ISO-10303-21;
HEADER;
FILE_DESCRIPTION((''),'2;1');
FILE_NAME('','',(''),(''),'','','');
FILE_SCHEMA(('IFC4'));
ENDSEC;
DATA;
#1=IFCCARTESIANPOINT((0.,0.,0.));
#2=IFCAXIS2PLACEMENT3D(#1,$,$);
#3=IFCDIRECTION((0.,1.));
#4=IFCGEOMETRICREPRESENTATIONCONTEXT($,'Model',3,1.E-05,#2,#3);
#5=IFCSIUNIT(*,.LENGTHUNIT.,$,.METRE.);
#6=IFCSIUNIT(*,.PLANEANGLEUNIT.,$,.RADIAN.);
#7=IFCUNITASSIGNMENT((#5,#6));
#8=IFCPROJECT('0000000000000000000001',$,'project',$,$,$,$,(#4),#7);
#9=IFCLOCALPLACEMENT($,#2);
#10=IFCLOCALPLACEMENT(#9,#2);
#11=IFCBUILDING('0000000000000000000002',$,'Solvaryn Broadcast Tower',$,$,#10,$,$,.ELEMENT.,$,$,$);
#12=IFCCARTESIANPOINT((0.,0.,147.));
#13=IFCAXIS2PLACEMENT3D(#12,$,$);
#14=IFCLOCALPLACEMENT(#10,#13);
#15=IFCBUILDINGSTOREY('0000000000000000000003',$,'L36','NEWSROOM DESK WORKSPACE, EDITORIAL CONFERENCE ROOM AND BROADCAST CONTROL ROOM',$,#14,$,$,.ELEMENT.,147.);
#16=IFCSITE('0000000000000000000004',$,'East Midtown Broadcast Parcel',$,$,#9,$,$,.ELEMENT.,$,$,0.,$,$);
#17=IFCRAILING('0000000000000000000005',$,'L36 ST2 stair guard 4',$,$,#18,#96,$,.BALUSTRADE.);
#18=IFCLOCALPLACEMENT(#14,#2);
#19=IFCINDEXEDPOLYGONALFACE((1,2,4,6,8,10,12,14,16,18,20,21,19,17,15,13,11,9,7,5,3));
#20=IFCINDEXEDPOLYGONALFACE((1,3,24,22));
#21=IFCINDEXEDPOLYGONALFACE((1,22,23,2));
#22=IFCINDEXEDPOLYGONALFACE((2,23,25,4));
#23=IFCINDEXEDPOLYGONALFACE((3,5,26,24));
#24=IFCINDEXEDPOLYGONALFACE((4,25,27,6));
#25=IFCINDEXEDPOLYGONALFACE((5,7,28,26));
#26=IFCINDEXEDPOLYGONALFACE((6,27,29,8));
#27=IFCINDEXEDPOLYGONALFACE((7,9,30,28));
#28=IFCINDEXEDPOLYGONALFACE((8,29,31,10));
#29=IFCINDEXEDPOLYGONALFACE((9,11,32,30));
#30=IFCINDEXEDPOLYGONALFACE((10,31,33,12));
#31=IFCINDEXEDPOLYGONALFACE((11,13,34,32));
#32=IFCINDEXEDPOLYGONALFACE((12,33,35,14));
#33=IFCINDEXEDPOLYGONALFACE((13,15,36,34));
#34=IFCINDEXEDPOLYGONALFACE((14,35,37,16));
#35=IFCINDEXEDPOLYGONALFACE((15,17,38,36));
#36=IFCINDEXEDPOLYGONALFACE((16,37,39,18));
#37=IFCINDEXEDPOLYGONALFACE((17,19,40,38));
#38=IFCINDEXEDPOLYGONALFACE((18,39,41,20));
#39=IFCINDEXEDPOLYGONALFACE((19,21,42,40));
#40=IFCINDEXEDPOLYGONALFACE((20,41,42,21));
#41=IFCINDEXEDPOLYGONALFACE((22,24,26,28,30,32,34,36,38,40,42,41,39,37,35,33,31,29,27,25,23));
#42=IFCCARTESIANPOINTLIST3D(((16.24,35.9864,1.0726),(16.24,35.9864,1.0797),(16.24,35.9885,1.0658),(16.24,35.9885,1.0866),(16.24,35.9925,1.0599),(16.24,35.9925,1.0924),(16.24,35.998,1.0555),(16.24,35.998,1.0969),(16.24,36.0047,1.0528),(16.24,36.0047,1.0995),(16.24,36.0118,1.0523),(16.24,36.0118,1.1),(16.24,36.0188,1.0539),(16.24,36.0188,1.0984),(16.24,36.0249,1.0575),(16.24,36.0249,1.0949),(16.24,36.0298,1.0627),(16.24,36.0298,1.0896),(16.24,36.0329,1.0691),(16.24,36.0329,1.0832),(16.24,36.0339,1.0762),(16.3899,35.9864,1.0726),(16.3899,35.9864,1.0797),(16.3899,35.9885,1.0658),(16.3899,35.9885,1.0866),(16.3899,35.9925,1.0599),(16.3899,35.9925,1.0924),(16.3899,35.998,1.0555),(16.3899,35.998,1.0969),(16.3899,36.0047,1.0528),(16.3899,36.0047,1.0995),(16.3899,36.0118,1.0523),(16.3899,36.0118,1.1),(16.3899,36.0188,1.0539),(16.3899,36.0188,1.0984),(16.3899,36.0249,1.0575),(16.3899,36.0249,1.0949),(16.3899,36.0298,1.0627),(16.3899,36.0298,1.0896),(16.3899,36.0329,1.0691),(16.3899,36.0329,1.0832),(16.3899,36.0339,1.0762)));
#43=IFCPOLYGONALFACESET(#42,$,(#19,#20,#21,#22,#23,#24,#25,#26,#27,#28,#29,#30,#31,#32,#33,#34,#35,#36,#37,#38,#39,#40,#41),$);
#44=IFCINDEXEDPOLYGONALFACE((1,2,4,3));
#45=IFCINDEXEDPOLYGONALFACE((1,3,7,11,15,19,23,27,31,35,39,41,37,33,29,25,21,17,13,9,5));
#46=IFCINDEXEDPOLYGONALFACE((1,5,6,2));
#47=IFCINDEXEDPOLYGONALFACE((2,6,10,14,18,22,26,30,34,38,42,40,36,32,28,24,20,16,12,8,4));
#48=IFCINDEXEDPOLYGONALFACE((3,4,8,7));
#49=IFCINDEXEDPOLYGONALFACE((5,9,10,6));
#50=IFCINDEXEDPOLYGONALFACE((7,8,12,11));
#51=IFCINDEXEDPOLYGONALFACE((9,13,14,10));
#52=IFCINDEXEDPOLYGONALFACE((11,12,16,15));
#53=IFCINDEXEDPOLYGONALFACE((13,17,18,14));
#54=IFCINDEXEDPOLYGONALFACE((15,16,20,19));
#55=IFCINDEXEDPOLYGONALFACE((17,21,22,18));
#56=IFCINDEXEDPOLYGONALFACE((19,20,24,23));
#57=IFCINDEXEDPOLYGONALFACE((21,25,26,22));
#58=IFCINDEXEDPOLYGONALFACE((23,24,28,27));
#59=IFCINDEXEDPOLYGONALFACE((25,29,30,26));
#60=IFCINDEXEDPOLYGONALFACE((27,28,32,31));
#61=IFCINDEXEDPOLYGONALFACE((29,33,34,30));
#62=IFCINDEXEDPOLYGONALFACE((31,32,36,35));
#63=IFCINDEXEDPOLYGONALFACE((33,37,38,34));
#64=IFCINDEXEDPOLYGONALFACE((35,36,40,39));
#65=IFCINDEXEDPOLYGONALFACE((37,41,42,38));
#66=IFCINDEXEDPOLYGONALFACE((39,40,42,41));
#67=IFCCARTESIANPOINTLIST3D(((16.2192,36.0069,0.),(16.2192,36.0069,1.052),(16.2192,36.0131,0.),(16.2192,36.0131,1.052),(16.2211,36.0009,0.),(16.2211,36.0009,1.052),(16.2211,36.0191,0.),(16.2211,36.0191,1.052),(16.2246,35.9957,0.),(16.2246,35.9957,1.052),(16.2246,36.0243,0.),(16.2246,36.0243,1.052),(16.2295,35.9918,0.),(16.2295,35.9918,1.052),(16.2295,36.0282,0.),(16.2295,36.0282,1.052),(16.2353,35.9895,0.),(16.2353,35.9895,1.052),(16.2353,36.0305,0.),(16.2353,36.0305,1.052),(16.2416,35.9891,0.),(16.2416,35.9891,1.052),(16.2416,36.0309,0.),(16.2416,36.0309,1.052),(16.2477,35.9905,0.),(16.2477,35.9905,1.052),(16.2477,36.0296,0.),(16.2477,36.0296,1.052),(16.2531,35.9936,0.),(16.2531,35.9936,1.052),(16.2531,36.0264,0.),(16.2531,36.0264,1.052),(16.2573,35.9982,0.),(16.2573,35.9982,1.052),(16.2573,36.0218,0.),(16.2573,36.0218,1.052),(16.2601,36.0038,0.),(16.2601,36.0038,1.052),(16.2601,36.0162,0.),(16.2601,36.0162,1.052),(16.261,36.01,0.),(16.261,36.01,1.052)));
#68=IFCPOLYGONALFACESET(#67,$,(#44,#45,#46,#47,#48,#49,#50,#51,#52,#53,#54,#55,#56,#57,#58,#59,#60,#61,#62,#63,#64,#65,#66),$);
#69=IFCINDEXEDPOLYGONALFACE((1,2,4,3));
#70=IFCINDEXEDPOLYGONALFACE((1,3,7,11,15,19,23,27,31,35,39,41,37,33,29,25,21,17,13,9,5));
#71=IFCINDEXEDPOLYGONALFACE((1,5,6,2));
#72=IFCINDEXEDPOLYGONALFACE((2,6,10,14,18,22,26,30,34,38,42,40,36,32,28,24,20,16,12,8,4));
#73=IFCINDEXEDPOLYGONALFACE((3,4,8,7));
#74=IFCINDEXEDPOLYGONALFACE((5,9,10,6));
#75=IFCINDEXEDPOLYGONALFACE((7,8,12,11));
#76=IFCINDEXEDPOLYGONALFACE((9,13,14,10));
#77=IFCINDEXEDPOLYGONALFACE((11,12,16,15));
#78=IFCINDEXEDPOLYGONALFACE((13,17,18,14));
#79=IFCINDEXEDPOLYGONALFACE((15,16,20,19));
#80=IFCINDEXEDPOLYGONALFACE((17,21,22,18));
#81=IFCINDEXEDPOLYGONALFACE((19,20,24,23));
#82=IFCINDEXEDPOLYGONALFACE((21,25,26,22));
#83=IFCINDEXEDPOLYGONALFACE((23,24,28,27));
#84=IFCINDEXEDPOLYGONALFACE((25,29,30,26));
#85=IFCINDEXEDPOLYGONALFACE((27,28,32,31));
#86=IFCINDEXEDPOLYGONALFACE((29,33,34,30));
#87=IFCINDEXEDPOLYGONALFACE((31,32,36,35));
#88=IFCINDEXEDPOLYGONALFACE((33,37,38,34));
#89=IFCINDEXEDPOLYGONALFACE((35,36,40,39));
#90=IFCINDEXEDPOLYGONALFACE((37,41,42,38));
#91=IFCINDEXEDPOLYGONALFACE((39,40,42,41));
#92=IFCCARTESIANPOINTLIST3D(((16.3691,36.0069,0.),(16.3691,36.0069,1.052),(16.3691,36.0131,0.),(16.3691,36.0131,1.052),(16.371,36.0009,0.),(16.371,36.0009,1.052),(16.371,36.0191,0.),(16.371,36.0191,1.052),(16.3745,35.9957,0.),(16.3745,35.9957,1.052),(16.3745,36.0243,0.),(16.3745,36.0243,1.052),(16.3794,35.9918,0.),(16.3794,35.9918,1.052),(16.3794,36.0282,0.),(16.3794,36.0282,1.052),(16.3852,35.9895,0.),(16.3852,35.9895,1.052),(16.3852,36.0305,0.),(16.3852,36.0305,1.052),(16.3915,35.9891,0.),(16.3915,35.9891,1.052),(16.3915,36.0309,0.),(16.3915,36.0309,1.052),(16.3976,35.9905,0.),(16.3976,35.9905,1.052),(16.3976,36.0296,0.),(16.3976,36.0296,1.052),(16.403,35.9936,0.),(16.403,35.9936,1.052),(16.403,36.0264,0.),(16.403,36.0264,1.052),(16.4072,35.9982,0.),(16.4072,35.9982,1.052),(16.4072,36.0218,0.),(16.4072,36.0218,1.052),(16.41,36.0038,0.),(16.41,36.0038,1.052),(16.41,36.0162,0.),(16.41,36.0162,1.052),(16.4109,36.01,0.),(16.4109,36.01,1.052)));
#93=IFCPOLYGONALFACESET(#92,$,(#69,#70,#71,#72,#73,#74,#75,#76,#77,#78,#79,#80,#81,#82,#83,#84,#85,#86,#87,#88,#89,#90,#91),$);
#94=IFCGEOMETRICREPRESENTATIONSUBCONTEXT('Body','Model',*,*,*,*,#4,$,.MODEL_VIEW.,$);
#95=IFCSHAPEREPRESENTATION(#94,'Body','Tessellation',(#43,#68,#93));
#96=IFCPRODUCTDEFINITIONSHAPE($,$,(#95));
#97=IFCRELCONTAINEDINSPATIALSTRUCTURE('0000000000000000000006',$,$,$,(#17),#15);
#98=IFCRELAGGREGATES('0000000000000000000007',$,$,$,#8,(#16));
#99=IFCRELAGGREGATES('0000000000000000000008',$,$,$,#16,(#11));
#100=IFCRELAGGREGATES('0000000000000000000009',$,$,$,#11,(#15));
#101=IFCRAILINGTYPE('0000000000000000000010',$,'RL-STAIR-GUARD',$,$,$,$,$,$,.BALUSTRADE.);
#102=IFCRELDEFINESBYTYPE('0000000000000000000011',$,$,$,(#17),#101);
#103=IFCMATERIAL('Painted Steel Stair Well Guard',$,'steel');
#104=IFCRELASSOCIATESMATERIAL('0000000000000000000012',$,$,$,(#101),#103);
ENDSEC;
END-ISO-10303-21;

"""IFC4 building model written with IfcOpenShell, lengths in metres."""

from ifc_helpers import new_model, si_unit, direction, frame, origin, origin_2d, place, context, subcontext, project, spatial, circle, extrude, material, type_object, element, save


model = new_model("IFC4")

# Units and contexts
model_context = context("Model", 3, precision=1e-05, world=origin(), true_north=direction((0.0, 1.0)))
body_context = subcontext(model_context, "Body", "Model", "MODEL_VIEW")
ifc_project = project(units=[si_unit("LENGTHUNIT", "METRE"), si_unit("PLANEANGLEUNIT", "RADIAN")], contexts=[model_context])

# Site, building, storey
site_placement = place(None, origin())
site = spatial("IfcSite", under=ifc_project, at=site_placement, Name="East Midtown Broadcast Parcel", CompositionType="ELEMENT", RefElevation=0.0)
building_placement = place(site_placement, origin())
building = spatial("IfcBuilding", under=site, at=building_placement, Name="Solvaryn Broadcast Tower", CompositionType="ELEMENT")
storey_placement = place(building_placement, frame((0.0, 0.0, 147.0)))
storey = spatial("IfcBuildingStorey", under=building, at=storey_placement, Name="L36", Description="NEWSROOM DESK WORKSPACE, EDITORIAL CONFERENCE ROOM AND BROADCAST CONTROL ROOM", CompositionType="ELEMENT", Elevation=147.0)

# Railing
ifc_material_1 = material(Name="Painted Steel Stair Well Guard", Category="steel")
railing_type_1 = type_object("IfcRailingType", Name="RL-STAIR-GUARD", PredefinedType="BALUSTRADE", material=ifc_material_1)
railing_1_placement = place(storey_placement, frame((16.24, 36.01, 0.0)))
element("IfcRailing", 1, at=railing_1_placement, inside=storey, type_object=railing_type_1, Name="L36 ST2 stair guard 4", PredefinedType="BALUSTRADE", context=body_context, shape_type="SweptSolid", body=[
    extrude(circle(Radius=0.0239, at=origin_2d()), frame((0.0, 0.0, 1.0762), z_axis=(1.0, 0.0, 0.0), x_axis=(0.0, 1.0, 0.0)), (0.0, 0.0, 1.0), 0.1499),
    extrude(circle(Radius=0.021, at=origin_2d()), origin(), (0.0, 0.0, 1.0), 1.052),
    extrude(circle(Radius=0.021, at=origin_2d()), frame((0.1499, 0.0, 0.0)), (0.0, 0.0, 1.0), 1.052),
])

save(model, "model.ifc")
